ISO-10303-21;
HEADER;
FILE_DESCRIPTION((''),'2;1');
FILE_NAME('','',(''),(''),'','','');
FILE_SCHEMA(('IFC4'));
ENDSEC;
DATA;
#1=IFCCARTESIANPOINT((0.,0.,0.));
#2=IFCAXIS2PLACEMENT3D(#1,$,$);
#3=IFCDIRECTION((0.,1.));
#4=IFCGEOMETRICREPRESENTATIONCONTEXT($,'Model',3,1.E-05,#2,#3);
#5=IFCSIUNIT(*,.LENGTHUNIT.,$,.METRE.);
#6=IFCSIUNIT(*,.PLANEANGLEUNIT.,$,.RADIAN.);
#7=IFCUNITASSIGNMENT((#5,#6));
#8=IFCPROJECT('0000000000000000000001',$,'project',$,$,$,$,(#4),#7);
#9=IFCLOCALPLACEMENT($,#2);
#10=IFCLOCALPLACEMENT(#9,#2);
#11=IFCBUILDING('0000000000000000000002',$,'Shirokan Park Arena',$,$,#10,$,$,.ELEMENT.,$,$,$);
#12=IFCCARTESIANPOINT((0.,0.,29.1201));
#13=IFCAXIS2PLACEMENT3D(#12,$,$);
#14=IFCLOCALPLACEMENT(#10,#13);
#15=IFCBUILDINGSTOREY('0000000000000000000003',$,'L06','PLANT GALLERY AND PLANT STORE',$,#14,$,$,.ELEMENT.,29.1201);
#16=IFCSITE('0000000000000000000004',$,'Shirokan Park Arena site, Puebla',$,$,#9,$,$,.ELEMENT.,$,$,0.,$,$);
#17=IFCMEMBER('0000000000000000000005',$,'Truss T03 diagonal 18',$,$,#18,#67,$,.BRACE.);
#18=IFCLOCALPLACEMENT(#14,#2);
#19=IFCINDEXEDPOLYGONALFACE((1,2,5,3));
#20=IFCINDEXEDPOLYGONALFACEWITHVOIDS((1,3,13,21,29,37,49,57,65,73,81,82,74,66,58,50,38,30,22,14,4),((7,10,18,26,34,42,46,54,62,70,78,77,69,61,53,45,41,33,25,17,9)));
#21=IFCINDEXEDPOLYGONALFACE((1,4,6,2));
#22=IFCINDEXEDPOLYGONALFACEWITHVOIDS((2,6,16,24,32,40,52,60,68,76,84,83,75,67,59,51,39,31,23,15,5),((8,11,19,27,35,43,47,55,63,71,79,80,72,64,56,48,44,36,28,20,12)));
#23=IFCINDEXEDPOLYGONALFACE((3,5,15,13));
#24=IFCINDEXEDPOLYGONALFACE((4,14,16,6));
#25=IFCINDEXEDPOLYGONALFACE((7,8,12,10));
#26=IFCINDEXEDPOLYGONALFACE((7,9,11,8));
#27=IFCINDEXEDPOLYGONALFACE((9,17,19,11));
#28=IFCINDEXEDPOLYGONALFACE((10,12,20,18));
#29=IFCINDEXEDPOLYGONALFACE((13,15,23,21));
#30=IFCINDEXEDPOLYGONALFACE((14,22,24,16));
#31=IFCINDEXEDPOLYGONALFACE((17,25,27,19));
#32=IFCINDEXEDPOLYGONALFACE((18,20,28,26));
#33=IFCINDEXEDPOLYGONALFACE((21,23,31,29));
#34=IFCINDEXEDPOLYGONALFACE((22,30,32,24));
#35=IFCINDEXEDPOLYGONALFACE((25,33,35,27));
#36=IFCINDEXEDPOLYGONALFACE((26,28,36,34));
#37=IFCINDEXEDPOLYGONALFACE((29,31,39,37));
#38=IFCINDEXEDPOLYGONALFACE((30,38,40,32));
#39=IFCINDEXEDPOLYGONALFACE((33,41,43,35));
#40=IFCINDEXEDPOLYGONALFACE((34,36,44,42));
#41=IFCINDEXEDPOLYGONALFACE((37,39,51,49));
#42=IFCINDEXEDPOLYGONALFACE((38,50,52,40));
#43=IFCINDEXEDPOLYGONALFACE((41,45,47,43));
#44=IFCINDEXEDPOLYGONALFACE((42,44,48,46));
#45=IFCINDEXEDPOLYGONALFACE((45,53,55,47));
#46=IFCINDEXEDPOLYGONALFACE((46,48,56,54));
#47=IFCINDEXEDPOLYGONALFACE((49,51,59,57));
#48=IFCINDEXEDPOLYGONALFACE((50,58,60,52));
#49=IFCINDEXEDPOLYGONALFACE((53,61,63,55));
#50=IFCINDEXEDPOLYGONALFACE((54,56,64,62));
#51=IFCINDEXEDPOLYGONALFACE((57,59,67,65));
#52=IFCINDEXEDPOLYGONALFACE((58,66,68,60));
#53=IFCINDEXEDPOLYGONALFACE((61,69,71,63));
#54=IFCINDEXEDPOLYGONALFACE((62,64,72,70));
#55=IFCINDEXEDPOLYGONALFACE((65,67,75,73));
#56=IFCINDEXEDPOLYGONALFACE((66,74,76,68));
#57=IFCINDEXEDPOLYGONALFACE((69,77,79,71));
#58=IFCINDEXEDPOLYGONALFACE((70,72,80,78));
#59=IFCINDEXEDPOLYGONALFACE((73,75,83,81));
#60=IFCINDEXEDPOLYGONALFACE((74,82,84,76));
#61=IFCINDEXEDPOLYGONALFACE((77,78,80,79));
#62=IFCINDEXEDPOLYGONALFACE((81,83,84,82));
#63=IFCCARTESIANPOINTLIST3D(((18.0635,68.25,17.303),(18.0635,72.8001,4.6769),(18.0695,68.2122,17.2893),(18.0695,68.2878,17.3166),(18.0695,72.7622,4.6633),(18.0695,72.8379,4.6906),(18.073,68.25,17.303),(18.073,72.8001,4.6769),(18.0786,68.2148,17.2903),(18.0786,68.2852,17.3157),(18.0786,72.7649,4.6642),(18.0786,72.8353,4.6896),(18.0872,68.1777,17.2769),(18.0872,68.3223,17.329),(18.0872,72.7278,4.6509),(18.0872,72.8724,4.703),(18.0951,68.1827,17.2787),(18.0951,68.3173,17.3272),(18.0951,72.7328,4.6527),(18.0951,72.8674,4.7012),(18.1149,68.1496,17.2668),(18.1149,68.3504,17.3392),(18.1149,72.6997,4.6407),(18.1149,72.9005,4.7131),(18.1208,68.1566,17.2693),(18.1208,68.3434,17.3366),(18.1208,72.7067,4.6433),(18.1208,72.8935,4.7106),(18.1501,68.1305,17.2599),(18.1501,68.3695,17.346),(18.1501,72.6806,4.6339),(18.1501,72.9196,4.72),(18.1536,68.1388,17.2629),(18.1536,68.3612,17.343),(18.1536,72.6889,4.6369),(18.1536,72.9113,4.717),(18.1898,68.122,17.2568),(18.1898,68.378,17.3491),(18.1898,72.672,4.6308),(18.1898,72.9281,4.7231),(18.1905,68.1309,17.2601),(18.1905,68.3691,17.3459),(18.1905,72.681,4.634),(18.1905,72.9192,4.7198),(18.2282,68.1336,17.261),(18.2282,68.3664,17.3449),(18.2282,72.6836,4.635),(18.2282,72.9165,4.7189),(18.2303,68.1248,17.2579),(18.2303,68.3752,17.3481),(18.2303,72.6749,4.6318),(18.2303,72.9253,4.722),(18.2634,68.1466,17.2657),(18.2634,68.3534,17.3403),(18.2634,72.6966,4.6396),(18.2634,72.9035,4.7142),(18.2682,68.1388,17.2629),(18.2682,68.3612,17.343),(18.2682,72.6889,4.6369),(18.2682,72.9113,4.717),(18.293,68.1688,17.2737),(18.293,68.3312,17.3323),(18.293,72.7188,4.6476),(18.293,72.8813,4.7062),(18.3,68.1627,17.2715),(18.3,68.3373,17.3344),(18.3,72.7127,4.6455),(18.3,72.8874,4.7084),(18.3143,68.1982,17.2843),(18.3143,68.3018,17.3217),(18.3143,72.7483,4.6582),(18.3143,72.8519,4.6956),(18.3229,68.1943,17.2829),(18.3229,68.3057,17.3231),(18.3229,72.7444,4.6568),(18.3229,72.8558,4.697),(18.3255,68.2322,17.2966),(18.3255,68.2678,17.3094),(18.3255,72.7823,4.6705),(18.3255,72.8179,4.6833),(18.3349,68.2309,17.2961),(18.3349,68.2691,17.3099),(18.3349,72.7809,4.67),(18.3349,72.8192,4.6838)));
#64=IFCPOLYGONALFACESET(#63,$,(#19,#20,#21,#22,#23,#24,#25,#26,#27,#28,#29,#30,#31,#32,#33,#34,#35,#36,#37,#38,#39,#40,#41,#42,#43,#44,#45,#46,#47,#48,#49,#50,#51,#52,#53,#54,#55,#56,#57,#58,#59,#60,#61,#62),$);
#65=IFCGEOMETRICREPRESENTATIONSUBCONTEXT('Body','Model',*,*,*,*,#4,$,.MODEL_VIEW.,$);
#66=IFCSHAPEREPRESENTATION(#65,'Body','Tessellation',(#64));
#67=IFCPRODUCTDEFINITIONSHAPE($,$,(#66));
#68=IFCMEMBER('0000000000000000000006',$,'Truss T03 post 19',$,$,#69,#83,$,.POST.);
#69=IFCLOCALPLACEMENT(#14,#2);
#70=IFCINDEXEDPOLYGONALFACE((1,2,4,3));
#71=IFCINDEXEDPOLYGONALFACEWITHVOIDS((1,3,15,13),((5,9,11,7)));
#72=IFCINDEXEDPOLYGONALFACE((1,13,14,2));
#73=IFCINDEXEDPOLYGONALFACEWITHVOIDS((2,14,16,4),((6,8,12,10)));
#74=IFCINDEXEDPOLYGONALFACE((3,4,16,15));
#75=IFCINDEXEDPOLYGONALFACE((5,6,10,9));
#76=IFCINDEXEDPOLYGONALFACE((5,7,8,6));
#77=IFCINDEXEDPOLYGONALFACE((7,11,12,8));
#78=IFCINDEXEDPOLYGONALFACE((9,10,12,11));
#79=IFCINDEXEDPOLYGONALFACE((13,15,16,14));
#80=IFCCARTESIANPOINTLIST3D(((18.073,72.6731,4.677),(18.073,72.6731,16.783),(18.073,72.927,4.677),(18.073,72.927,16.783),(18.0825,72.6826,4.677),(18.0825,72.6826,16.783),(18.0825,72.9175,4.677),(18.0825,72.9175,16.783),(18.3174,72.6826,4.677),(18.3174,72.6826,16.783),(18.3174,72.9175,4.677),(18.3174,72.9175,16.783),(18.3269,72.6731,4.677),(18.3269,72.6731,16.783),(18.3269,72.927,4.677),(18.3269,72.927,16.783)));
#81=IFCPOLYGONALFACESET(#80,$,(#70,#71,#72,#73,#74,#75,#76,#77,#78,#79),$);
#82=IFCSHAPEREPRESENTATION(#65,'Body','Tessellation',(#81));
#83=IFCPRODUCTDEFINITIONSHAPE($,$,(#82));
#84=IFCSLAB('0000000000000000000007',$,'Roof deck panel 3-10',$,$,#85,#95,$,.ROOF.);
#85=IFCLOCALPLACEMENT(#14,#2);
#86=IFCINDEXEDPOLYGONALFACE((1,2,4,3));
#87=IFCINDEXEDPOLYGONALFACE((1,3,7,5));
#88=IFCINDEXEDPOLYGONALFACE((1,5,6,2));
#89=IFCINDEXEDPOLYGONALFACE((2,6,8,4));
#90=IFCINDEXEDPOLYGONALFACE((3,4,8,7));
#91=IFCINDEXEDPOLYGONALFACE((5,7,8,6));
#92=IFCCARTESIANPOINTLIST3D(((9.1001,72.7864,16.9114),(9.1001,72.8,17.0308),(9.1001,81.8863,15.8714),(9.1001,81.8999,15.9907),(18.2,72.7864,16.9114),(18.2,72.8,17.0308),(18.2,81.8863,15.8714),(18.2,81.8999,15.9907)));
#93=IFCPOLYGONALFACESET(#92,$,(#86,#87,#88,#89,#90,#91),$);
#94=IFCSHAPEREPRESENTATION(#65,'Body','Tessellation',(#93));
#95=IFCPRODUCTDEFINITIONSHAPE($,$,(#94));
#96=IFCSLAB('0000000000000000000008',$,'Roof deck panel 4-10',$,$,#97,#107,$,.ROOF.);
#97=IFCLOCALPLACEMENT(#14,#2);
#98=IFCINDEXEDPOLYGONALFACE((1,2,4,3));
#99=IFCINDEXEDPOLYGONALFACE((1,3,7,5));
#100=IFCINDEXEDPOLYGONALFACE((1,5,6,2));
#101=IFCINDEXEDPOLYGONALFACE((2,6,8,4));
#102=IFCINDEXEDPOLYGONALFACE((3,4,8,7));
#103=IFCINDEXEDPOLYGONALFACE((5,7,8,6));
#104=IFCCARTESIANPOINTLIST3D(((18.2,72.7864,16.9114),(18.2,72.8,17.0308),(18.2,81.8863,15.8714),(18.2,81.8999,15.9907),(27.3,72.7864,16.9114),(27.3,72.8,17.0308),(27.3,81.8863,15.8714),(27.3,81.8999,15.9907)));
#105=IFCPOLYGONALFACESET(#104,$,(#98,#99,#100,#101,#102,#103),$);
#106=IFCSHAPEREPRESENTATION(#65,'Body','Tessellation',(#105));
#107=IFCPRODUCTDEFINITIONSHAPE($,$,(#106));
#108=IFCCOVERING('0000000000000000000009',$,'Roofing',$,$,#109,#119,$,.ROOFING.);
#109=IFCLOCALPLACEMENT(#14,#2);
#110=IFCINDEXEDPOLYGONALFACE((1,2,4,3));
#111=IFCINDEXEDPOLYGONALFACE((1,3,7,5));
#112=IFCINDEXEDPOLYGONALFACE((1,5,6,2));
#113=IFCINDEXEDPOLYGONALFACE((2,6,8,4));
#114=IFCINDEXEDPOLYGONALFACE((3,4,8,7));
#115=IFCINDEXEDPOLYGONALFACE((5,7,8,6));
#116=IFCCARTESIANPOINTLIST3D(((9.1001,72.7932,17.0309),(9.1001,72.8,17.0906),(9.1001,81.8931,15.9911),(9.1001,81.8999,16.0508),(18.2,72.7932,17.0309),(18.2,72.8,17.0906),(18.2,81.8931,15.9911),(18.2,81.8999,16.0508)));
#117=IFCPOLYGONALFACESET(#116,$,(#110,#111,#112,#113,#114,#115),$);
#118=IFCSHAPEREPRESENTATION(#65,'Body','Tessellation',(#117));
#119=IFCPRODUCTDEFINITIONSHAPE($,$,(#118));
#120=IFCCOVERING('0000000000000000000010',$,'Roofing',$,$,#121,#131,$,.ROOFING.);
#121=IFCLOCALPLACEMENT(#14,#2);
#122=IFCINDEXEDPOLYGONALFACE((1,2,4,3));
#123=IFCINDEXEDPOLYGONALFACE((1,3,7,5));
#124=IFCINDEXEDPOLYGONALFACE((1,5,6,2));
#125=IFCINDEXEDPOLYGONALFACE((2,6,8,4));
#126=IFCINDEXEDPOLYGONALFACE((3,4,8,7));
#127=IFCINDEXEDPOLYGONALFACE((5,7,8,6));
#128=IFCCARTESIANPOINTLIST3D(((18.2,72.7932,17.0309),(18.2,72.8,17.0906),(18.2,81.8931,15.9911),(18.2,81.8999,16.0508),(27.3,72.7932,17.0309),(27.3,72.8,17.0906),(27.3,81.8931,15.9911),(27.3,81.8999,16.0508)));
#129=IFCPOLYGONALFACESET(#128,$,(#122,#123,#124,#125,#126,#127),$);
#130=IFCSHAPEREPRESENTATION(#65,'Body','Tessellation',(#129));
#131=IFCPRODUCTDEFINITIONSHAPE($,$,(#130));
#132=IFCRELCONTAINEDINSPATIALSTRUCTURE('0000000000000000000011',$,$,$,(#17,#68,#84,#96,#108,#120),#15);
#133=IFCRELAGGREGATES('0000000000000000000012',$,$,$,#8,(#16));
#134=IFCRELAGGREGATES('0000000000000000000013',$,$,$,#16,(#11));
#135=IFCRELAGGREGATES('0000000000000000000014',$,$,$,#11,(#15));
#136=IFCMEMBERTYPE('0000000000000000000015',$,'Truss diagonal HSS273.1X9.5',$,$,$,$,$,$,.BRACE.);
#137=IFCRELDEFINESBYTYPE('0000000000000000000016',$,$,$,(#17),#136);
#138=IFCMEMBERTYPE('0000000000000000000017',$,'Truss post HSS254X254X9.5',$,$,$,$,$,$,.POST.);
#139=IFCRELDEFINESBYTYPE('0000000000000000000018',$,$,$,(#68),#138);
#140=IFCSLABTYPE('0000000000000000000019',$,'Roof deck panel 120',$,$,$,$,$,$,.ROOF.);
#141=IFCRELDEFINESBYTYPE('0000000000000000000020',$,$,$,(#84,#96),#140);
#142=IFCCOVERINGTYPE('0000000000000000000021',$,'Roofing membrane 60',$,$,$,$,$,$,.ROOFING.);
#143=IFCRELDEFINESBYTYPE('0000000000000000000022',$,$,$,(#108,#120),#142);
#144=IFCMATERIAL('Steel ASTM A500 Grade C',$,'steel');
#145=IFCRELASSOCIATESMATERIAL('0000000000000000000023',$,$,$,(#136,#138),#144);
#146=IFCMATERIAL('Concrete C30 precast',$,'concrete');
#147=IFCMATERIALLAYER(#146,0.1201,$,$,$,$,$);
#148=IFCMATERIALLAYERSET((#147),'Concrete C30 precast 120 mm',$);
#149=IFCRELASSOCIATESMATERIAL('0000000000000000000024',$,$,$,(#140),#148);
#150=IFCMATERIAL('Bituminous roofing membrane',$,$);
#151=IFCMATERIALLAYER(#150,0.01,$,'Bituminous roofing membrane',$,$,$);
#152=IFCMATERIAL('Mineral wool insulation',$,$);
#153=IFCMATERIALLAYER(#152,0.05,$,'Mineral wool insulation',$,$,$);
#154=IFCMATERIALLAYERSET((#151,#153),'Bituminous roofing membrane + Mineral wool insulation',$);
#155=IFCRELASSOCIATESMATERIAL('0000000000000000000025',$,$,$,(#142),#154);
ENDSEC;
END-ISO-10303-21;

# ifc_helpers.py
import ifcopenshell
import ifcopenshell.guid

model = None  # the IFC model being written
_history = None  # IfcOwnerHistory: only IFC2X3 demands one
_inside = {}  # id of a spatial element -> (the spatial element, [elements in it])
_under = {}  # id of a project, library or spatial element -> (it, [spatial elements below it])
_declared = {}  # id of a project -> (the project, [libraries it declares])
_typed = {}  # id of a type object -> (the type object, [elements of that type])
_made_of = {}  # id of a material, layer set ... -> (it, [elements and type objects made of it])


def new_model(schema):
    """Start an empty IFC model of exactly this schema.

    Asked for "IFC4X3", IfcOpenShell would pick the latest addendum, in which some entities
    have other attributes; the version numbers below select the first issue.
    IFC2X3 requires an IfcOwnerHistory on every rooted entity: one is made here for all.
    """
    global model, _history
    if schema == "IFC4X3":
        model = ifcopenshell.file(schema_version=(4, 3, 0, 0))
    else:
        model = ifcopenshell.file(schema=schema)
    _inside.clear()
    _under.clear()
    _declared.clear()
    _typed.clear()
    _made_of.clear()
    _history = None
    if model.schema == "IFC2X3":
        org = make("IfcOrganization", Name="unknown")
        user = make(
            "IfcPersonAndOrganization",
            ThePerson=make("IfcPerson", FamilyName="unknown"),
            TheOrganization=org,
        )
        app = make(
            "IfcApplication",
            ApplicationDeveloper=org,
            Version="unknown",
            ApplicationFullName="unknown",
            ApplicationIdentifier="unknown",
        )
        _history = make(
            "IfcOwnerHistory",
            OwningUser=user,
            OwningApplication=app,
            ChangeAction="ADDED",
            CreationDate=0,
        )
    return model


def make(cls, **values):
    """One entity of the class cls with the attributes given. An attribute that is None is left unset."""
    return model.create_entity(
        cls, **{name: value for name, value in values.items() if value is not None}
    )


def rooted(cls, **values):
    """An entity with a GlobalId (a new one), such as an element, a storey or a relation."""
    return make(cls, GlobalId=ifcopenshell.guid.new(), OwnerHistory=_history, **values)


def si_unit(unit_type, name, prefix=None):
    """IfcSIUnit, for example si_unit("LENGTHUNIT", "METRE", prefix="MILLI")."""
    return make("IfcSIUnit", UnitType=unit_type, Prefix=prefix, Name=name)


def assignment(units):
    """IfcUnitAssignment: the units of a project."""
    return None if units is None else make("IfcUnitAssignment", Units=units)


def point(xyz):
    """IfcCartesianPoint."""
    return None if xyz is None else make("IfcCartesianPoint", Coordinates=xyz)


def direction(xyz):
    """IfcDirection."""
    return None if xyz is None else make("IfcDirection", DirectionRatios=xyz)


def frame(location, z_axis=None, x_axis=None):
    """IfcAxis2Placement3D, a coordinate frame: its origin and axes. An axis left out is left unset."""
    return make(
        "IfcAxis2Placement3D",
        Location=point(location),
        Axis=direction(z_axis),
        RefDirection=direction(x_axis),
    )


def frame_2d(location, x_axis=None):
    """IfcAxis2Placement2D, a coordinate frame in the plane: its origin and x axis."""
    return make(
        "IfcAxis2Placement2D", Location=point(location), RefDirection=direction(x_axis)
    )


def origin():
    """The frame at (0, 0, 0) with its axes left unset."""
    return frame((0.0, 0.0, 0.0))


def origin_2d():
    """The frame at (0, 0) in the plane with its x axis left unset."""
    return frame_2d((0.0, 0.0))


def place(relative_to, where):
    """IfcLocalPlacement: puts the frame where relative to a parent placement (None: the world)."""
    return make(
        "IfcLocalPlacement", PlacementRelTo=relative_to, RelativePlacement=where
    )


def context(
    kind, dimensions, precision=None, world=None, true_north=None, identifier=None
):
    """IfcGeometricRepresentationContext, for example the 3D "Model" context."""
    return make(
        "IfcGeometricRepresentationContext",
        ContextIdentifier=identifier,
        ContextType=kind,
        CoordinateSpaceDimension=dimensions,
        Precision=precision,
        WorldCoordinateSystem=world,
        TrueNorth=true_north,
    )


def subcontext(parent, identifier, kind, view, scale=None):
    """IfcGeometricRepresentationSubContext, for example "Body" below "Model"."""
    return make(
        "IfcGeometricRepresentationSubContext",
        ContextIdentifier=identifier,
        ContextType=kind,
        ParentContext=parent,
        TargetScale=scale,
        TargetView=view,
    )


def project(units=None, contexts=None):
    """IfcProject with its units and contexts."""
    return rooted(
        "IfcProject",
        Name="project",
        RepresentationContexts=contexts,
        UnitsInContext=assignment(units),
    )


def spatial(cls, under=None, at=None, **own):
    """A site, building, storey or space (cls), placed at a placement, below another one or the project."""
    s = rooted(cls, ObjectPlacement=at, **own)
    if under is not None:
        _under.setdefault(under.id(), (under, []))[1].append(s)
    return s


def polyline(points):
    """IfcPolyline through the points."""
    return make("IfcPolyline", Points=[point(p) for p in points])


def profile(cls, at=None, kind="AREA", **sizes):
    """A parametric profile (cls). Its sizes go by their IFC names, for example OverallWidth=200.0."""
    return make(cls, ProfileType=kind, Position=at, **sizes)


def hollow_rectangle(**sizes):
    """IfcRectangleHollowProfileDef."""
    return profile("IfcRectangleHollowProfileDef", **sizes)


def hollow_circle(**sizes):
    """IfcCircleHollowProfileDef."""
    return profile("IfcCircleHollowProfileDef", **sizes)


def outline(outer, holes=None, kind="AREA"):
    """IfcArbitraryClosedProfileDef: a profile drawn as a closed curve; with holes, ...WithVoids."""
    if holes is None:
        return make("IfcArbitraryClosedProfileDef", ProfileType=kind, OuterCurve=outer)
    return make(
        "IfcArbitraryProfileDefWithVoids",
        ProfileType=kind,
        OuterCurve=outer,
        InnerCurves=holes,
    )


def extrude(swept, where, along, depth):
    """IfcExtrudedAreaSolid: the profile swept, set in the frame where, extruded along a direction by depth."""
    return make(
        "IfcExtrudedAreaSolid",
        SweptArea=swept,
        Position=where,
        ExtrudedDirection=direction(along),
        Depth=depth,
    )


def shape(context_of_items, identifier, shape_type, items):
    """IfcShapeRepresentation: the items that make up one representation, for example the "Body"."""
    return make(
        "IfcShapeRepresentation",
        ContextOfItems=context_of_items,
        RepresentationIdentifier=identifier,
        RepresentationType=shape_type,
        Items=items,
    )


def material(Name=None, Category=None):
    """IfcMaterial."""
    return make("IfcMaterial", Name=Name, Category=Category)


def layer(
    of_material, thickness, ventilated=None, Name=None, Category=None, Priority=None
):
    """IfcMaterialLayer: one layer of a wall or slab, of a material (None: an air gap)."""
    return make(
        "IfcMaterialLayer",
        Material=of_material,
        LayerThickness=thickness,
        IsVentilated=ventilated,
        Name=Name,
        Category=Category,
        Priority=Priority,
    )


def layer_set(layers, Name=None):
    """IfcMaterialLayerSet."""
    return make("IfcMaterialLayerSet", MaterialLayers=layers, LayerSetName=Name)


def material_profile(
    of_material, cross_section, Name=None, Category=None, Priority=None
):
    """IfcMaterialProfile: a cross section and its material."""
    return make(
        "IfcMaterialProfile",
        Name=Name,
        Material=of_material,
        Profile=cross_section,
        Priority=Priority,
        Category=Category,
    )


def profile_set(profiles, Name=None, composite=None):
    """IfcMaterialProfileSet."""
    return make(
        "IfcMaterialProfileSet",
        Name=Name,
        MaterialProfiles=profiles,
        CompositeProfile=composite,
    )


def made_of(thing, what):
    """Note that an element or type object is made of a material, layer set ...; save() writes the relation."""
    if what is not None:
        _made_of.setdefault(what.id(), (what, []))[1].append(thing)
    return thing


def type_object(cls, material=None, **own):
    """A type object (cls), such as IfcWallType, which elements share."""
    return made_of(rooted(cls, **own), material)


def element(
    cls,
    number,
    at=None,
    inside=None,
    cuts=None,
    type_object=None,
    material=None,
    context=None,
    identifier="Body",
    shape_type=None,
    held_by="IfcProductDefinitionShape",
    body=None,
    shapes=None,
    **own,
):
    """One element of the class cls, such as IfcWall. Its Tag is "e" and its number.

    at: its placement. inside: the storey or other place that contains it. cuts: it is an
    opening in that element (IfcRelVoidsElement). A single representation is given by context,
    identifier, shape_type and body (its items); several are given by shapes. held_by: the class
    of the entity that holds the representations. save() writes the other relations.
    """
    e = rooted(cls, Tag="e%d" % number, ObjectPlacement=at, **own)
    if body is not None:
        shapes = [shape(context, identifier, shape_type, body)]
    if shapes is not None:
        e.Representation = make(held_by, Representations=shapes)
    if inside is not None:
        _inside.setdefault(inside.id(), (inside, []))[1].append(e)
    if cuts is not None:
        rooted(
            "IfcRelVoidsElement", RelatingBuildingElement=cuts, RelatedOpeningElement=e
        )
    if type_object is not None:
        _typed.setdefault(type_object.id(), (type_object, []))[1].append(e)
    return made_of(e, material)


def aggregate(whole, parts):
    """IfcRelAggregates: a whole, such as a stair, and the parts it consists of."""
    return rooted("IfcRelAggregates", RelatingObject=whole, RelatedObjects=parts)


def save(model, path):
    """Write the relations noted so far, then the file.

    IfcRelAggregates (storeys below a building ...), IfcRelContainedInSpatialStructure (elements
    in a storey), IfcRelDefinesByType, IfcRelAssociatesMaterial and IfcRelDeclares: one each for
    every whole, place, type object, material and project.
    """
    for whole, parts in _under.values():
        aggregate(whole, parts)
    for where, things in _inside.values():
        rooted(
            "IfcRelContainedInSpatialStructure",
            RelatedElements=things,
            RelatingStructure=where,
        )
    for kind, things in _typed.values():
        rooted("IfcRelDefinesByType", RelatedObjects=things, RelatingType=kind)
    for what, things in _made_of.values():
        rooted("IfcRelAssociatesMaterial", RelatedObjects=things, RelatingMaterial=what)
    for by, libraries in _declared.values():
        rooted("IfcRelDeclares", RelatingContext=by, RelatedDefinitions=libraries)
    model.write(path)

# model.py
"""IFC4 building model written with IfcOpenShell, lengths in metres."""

from ifc_helpers import new_model, si_unit, direction, frame, origin, origin_2d, place, context, subcontext, project, spatial, polyline, hollow_rectangle, hollow_circle, outline, extrude, material, layer, layer_set, material_profile, profile_set, type_object, element, save


model = new_model("IFC4")

# Units and contexts
model_context = context("Model", 3, precision=1e-05, world=origin(), true_north=direction((0.0, 1.0)))
body_context = subcontext(model_context, "Body", "Model", "MODEL_VIEW")
ifc_project = project(units=[si_unit("LENGTHUNIT", "METRE"), si_unit("PLANEANGLEUNIT", "RADIAN")], contexts=[model_context])

# Site, building, storey
site_placement = place(None, origin())
site = spatial("IfcSite", under=ifc_project, at=site_placement, Name="Shirokan Park Arena site, Puebla", CompositionType="ELEMENT", RefElevation=0.0)
building_placement = place(site_placement, origin())
building = spatial("IfcBuilding", under=site, at=building_placement, Name="Shirokan Park Arena", CompositionType="ELEMENT")
storey_placement = place(building_placement, frame((0.0, 0.0, 29.1201)))
storey = spatial("IfcBuildingStorey", under=building, at=storey_placement, Name="L06", Description="PLANT GALLERY AND PLANT STORE", CompositionType="ELEMENT", Elevation=29.1201)

# Members
ifc_material_1 = material(Name="Steel ASTM A500 Grade C", Category="steel")
ifc_material_profile_1 = material_profile(ifc_material_1, hollow_circle(Radius=0.1365, WallThickness=0.0095, at=origin_2d()), Name="HSS273.1X9.5")
ifc_profile_set_1 = profile_set([ifc_material_profile_1], Name="Steel ASTM A500 Grade C")
member_type_1 = type_object("IfcMemberType", Name="Truss diagonal HSS273.1X9.5", PredefinedType="BRACE", material=ifc_profile_set_1)
member_1_placement = place(storey_placement, frame((18.2, 68.25, 17.303), z_axis=(0.0, 0.339029, -0.940776), x_axis=(-1.0, 0.0, 0.0)))
element("IfcMember", 1, at=member_1_placement, inside=storey, type_object=member_type_1, Name="Truss T03 diagonal 18", PredefinedType="BRACE", context=body_context, shape_type="SweptSolid", body=[
    extrude(hollow_circle(Radius=0.1365, WallThickness=0.0095, at=origin_2d()), origin(), (0.0, 0.0, 1.0), 13.4209),
])
ifc_material_profile_2 = material_profile(ifc_material_1, hollow_rectangle(XDim=0.2539, YDim=0.2539, WallThickness=0.0095, at=origin_2d()), Name="HSS254X254X9.5")
ifc_profile_set_2 = profile_set([ifc_material_profile_2], Name="Steel ASTM A500 Grade C")
member_type_2 = type_object("IfcMemberType", Name="Truss post HSS254X254X9.5", PredefinedType="POST", material=ifc_profile_set_2)
member_2_placement = place(storey_placement, frame((18.2, 72.8, 4.677), z_axis=(0.0, 0.0, 1.0), x_axis=(1.0, 0.0, 0.0)))
element("IfcMember", 2, at=member_2_placement, inside=storey, type_object=member_type_2, Name="Truss T03 post 19", PredefinedType="POST", context=body_context, shape_type="SweptSolid", body=[
    extrude(hollow_rectangle(XDim=0.2539, YDim=0.2539, WallThickness=0.0095, at=origin_2d()), origin(), (0.0, 0.0, 1.0), 12.106),
])

# Slabs
ifc_material_2 = material(Name="Concrete C30 precast", Category="concrete")
ifc_layer_1 = layer(ifc_material_2, 0.1201)
ifc_layer_set_1 = layer_set([ifc_layer_1], Name="Concrete C30 precast 120 mm")
slab_type = type_object("IfcSlabType", Name="Roof deck panel 120", PredefinedType="ROOF", material=ifc_layer_set_1)
slab_1_placement = place(storey_placement, frame((9.1001, 72.8, 17.0308), z_axis=(0.0, 0.113553, 0.993532), x_axis=(1.0, 0.0, 0.0)))
element("IfcSlab", 3, at=slab_1_placement, inside=storey, type_object=slab_type, Name="Roof deck panel 3-10", PredefinedType="ROOF", context=body_context, shape_type="SweptSolid", body=[
    extrude(outline(polyline([(0.0, 0.0), (9.0999, 0.0), (9.0999, 9.1591), (0.0, 9.1591), (0.0, 0.0)])), origin(), (0.0, 0.0, -1.0), 0.1201),
])
slab_2_placement = place(storey_placement, frame((18.2, 72.8, 17.0308), z_axis=(0.0, 0.113553, 0.993532), x_axis=(1.0, 0.0, 0.0)))
element("IfcSlab", 4, at=slab_2_placement, inside=storey, type_object=slab_type, Name="Roof deck panel 4-10", PredefinedType="ROOF", context=body_context, shape_type="SweptSolid", body=[
    extrude(outline(polyline([(0.0, 0.0), (9.1001, 0.0), (9.1001, 9.1591), (0.0, 9.1591), (0.0, 0.0)])), origin(), (0.0, 0.0, -1.0), 0.1201),
])

# Coverings
ifc_material_3 = material(Name="Bituminous roofing membrane")
ifc_layer_2 = layer(ifc_material_3, 0.01, Name="Bituminous roofing membrane")
ifc_material_4 = material(Name="Mineral wool insulation")
ifc_layer_3 = layer(ifc_material_4, 0.05, Name="Mineral wool insulation")
ifc_layer_set_2 = layer_set([ifc_layer_2, ifc_layer_3], Name="Bituminous roofing membrane + Mineral wool insulation")
covering_type = type_object("IfcCoveringType", Name="Roofing membrane 60", PredefinedType="ROOFING", material=ifc_layer_set_2)
covering_1_placement = place(storey_placement, frame((9.1001, 72.8, 17.0906), z_axis=(0.0, 0.113526, 0.993535), x_axis=(1.0, 0.0, 0.0)))
element("IfcCovering", 5, at=covering_1_placement, inside=storey, type_object=covering_type, Name="Roofing", PredefinedType="ROOFING", context=body_context, shape_type="SweptSolid", body=[
    extrude(outline(polyline([(0.0, 0.0), (9.0999, 0.0), (9.0999, 9.1591), (0.0, 9.1591), (0.0, 0.0)])), origin(), (0.0, 0.0, -1.0), 0.0601),
])
covering_2_placement = place(storey_placement, frame((18.2, 72.8, 17.0906), z_axis=(0.0, 0.113526, 0.993535), x_axis=(1.0, 0.0, 0.0)))
element("IfcCovering", 6, at=covering_2_placement, inside=storey, type_object=covering_type, Name="Roofing", PredefinedType="ROOFING", context=body_context, shape_type="SweptSolid", body=[
    extrude(outline(polyline([(0.0, 0.0), (9.1001, 0.0), (9.1001, 9.1591), (0.0, 9.1591), (0.0, 0.0)])), origin(), (0.0, 0.0, -1.0), 0.0601),
])

save(model, "model.ifc")
